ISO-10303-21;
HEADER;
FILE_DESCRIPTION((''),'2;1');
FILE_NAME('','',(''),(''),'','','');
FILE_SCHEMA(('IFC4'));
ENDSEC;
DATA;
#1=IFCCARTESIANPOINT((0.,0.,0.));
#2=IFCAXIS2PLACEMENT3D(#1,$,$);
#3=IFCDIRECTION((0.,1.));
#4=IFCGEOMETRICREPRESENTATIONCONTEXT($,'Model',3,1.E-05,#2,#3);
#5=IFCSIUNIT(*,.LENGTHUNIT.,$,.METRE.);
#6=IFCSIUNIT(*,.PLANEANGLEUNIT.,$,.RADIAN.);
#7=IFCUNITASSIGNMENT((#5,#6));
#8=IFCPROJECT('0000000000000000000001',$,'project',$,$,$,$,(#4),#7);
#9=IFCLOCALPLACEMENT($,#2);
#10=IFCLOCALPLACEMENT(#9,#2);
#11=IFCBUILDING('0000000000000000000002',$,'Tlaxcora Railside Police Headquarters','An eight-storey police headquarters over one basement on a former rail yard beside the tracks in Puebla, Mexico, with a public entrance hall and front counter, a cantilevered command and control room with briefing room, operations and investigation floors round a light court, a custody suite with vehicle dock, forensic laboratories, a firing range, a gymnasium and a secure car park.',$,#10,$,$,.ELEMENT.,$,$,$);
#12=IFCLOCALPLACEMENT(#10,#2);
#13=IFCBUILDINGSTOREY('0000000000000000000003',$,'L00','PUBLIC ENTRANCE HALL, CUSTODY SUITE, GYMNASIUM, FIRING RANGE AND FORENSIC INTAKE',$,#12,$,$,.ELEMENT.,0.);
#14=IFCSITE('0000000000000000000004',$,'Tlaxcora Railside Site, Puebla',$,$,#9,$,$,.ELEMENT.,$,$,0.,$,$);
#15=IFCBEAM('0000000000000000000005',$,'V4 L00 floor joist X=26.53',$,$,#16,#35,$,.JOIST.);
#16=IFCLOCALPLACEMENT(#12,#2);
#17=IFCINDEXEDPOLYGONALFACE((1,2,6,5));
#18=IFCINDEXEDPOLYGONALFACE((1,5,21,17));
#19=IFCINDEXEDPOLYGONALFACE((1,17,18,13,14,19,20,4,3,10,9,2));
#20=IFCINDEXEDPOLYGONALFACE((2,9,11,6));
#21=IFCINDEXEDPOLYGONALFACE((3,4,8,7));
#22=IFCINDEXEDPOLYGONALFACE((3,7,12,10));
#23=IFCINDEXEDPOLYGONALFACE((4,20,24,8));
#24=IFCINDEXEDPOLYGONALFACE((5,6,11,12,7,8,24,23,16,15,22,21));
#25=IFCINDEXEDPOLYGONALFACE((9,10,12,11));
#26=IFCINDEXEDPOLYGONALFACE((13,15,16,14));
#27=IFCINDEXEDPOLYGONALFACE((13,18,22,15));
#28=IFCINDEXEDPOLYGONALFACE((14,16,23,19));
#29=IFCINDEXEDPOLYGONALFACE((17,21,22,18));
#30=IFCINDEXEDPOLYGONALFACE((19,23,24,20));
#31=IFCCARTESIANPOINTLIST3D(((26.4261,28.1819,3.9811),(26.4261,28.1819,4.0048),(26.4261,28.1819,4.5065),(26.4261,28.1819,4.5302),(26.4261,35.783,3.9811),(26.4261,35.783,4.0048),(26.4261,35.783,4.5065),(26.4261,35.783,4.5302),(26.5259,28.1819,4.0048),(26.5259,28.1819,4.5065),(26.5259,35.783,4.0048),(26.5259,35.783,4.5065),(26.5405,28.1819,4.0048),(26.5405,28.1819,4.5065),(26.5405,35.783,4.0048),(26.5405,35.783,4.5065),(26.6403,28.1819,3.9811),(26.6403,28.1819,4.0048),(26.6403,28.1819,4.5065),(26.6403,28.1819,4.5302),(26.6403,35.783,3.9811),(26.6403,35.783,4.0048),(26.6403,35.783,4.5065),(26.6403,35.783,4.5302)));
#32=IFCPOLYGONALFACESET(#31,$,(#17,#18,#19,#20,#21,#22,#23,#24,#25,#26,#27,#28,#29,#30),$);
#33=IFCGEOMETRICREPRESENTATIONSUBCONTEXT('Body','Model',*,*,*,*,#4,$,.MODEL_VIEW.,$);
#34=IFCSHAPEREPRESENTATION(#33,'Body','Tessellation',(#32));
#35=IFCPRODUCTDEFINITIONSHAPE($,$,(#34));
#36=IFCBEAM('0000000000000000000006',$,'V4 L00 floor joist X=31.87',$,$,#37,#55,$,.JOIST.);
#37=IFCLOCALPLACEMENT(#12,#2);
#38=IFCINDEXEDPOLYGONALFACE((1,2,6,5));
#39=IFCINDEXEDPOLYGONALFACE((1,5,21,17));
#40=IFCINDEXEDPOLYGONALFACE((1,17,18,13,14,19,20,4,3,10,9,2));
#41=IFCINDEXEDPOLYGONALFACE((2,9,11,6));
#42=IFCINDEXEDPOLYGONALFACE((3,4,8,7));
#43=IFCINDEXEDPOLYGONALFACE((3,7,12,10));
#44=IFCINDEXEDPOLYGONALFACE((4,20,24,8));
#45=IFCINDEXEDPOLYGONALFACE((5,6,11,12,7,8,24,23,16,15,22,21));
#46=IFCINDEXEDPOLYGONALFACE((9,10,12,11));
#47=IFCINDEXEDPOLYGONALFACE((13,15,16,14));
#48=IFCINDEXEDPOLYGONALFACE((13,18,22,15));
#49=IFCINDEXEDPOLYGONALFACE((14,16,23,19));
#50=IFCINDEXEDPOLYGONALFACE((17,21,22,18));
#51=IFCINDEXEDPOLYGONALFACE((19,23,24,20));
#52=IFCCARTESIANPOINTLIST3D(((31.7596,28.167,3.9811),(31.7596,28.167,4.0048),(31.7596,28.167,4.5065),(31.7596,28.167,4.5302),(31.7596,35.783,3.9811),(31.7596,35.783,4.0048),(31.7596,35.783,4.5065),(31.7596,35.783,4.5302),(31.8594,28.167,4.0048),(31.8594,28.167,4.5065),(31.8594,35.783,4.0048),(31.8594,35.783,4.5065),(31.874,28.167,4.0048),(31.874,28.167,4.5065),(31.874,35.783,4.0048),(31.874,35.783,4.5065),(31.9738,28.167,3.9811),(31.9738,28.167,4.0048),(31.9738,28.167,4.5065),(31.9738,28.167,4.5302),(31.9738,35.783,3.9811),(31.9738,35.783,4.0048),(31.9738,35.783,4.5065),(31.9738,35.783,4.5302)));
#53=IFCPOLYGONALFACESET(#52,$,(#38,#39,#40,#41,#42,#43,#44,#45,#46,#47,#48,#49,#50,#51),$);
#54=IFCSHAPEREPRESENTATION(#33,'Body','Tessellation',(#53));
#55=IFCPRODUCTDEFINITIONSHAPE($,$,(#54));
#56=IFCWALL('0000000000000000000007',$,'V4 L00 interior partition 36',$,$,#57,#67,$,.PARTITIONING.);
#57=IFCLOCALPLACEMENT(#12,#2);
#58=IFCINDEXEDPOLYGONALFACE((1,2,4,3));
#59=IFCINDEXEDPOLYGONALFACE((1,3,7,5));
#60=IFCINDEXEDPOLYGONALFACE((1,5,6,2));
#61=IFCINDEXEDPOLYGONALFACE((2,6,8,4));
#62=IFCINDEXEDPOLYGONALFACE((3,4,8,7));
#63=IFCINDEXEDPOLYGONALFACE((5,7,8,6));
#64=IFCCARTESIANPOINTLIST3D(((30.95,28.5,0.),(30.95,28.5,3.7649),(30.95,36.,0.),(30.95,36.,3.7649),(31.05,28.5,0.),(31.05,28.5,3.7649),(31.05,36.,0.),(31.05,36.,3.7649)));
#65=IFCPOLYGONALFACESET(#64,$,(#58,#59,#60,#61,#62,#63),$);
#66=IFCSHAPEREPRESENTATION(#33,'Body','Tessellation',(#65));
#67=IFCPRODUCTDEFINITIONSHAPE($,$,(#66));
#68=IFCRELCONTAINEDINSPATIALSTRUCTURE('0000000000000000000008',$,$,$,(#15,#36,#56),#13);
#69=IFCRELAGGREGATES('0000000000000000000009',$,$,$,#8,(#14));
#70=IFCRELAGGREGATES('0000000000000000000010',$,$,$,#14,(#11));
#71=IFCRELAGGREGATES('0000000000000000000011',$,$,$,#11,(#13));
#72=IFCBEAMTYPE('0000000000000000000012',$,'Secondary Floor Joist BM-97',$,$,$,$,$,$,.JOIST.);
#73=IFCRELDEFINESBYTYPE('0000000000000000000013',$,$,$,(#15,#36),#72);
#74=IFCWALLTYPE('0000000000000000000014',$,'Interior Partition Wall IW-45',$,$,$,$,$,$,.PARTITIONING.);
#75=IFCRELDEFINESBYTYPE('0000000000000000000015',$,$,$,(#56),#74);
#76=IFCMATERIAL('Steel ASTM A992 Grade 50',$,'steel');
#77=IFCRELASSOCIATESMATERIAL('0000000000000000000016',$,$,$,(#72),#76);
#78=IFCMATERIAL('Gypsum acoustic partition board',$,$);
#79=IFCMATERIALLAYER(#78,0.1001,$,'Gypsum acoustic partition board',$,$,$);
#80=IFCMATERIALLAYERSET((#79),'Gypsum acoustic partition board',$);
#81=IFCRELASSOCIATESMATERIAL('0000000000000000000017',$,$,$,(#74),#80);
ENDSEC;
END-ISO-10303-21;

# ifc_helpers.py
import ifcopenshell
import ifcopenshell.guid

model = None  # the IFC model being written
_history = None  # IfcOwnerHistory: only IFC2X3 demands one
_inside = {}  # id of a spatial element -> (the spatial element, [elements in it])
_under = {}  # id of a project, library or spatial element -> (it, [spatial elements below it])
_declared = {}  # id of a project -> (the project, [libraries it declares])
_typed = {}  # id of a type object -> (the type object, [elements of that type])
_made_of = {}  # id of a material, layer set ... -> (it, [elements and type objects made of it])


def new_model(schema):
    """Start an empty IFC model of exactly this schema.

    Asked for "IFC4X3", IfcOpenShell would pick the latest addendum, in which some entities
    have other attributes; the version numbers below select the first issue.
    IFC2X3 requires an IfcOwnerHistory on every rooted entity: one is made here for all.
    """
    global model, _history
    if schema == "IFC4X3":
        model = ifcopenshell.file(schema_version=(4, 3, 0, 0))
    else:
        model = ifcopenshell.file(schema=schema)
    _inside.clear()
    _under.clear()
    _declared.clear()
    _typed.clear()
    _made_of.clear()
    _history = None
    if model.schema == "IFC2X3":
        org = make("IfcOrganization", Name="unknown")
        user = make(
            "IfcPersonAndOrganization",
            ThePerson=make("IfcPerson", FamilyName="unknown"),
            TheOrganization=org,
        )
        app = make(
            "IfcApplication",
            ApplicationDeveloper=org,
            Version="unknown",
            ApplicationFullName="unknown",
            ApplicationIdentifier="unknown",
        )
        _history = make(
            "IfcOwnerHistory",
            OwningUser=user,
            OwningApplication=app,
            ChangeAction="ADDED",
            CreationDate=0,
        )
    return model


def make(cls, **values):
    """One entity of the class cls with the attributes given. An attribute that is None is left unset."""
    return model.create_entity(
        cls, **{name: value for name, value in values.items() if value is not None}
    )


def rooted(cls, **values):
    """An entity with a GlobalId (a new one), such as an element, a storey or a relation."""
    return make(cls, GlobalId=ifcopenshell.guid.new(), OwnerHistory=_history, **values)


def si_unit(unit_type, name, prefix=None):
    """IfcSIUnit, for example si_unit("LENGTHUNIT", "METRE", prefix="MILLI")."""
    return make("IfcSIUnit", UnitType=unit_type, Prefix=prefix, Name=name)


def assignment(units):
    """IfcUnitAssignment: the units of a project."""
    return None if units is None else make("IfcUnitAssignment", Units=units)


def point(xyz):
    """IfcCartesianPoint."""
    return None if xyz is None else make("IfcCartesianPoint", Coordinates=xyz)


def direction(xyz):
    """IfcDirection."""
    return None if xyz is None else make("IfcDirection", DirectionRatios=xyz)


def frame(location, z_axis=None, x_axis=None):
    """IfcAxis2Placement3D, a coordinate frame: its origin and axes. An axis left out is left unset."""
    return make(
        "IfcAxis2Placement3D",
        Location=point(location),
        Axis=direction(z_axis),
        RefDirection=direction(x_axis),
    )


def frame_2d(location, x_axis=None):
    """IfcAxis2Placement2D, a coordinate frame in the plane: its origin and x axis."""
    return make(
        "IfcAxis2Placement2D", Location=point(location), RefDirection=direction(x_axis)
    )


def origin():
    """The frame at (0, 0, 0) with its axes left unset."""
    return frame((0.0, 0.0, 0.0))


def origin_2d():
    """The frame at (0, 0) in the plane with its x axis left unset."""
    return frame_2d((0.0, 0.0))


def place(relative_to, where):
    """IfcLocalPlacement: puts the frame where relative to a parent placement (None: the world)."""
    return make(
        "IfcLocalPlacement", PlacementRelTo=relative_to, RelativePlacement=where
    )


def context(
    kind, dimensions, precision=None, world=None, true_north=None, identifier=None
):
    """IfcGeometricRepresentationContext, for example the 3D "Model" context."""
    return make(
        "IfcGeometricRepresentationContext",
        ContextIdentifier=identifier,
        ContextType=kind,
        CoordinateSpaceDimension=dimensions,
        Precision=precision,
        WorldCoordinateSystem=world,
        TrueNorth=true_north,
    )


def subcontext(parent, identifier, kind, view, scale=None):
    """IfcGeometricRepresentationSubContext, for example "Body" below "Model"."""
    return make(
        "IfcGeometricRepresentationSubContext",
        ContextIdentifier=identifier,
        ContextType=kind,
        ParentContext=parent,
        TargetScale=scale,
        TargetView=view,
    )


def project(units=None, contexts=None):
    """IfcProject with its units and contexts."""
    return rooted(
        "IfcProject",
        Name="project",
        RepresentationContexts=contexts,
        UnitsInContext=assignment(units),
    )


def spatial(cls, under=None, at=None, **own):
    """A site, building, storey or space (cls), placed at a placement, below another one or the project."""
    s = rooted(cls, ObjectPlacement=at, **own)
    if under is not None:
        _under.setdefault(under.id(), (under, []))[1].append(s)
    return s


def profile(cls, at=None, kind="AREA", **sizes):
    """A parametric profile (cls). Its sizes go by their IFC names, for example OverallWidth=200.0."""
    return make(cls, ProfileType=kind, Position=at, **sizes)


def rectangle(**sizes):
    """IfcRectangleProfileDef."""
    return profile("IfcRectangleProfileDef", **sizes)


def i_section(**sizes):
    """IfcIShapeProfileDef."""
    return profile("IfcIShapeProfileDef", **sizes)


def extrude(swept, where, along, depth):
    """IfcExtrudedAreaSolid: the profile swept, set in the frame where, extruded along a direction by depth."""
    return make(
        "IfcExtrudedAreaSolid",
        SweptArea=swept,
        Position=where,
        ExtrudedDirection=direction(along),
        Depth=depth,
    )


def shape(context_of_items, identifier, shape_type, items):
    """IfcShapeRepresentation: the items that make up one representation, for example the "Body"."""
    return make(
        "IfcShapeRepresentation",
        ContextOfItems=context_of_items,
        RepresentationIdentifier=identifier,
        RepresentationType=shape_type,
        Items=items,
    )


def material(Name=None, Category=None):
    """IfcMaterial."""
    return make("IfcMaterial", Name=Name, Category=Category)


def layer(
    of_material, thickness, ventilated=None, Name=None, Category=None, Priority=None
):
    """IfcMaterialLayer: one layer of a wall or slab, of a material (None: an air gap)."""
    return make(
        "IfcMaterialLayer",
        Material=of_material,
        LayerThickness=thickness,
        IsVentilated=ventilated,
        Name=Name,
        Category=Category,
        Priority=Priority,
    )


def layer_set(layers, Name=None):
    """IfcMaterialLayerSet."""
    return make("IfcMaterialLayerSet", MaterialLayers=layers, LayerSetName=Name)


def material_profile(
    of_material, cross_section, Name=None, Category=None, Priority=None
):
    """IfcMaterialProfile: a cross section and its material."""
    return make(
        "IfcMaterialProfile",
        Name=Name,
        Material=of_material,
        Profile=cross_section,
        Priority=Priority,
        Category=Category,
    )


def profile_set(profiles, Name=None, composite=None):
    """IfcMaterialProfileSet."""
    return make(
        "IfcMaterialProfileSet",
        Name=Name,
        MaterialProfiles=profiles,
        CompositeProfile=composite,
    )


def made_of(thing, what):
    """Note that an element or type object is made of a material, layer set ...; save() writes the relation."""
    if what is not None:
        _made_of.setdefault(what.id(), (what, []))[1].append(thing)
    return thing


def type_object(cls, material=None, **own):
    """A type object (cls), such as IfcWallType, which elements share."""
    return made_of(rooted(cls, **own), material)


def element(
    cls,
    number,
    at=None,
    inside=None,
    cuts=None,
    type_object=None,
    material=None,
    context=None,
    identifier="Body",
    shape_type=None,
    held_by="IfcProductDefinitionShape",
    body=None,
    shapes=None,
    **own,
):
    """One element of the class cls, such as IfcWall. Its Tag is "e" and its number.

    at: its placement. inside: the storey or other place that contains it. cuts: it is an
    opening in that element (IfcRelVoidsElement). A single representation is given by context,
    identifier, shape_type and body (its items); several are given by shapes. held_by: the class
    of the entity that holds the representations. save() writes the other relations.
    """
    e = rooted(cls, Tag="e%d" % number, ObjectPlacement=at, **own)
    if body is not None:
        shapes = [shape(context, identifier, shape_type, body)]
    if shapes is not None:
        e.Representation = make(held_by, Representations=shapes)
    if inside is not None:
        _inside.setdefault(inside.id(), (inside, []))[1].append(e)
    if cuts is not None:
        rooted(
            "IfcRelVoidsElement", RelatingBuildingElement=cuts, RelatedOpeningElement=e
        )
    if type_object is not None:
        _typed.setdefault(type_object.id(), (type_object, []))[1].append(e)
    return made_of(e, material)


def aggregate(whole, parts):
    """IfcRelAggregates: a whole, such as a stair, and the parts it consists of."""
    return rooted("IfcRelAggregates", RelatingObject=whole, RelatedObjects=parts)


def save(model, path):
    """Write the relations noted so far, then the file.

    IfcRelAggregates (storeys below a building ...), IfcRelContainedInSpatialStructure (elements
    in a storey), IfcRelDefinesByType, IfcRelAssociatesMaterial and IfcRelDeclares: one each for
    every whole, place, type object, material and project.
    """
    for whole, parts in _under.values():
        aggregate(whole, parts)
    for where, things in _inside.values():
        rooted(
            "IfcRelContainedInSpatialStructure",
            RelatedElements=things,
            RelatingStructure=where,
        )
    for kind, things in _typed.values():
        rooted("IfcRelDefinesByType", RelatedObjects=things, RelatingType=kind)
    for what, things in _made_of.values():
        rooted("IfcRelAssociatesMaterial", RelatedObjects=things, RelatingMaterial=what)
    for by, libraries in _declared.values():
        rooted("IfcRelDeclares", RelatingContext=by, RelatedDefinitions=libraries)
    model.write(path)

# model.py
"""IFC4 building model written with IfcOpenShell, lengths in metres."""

from ifc_helpers import new_model, si_unit, direction, frame, frame_2d, origin, origin_2d, place, context, subcontext, project, spatial, rectangle, i_section, extrude, material, layer, layer_set, material_profile, profile_set, type_object, element, save


model = new_model("IFC4")

# Units and contexts
model_context = context("Model", 3, precision=1e-05, world=origin(), true_north=direction((0.0, 1.0)))
body_context = subcontext(model_context, "Body", "Model", "MODEL_VIEW")
ifc_project = project(units=[si_unit("LENGTHUNIT", "METRE"), si_unit("PLANEANGLEUNIT", "RADIAN")], contexts=[model_context])

# Site, building, storey
site_placement = place(None, origin())
site = spatial("IfcSite", under=ifc_project, at=site_placement, Name="Tlaxcora Railside Site, Puebla", CompositionType="ELEMENT", RefElevation=0.0)
building_placement = place(site_placement, origin())
building = spatial("IfcBuilding", under=site, at=building_placement, Name="Tlaxcora Railside Police Headquarters", Description="An eight-storey police headquarters over one basement on a former rail yard beside the tracks in Puebla, Mexico, with a public entrance hall and front counter, a cantilevered command and control room with briefing room, operations and investigation floors round a light court, a custody suite with vehicle dock, forensic laboratories, a firing range, a gymnasium and a secure car park.", CompositionType="ELEMENT")
storey_placement = place(building_placement, origin())
storey = spatial("IfcBuildingStorey", under=building, at=storey_placement, Name="L00", Description="PUBLIC ENTRANCE HALL, CUSTODY SUITE, GYMNASIUM, FIRING RANGE AND FORENSIC INTAKE", CompositionType="ELEMENT", Elevation=0.0)

# Beams
ifc_material_1 = material(Name="Steel ASTM A992 Grade 50", Category="steel")
ifc_material_profile_1 = material_profile(ifc_material_1, i_section(OverallWidth=0.2141, OverallDepth=0.5491, WebThickness=0.0146, FlangeThickness=0.0237, at=origin_2d()), Name="W21X93")
ifc_profile_set_1 = profile_set([ifc_material_profile_1], Name="Steel ASTM A992 Grade 50")
beam_type_1 = type_object("IfcBeamType", Name="Secondary Floor Joist BM-97", PredefinedType="JOIST", material=ifc_profile_set_1)
beam_1_placement = place(storey_placement, frame((26.5332, 28.1819, 4.2556), z_axis=(0.0, 1.0, 0.0), x_axis=(-1.0, 0.0, 0.0)))
element("IfcBeam", 1, at=beam_1_placement, inside=storey, type_object=beam_type_1, Name="V4 L00 floor joist X=26.53", PredefinedType="JOIST", context=body_context, shape_type="SweptSolid", body=[
    extrude(i_section(OverallWidth=0.2141, OverallDepth=0.5491, WebThickness=0.0146, FlangeThickness=0.0237, at=origin_2d()), origin(), (0.0, 0.0, 1.0), 7.6011),
])
beam_2_placement = place(storey_placement, frame((31.8667, 28.167, 4.2556), z_axis=(0.0, 1.0, 0.0), x_axis=(-1.0, 0.0, 0.0)))
element("IfcBeam", 2, at=beam_2_placement, inside=storey, type_object=beam_type_1, Name="V4 L00 floor joist X=31.87", PredefinedType="JOIST", context=body_context, shape_type="SweptSolid", body=[
    extrude(i_section(OverallWidth=0.2141, OverallDepth=0.5491, WebThickness=0.0146, FlangeThickness=0.0237, at=origin_2d()), origin(), (0.0, 0.0, 1.0), 7.616),
])

# Wall
ifc_material_2 = material(Name="Gypsum acoustic partition board")
ifc_layer_1 = layer(ifc_material_2, 0.1001, Name="Gypsum acoustic partition board")
ifc_layer_set_1 = layer_set([ifc_layer_1], Name="Gypsum acoustic partition board")
wall_type = type_object("IfcWallType", Name="Interior Partition Wall IW-45", PredefinedType="PARTITIONING", material=ifc_layer_set_1)
wall_placement = place(storey_placement, frame((31.0, 28.5, 0.0), z_axis=(0.0, 0.0, 1.0), x_axis=(0.0, 1.0, 0.0)))
element("IfcWall", 3, at=wall_placement, inside=storey, type_object=wall_type, Name="V4 L00 interior partition 36", PredefinedType="PARTITIONING", context=body_context, shape_type="SweptSolid", body=[
    extrude(rectangle(XDim=7.5, YDim=0.1001, at=frame_2d((3.75, 0.0))), origin(), (0.0, 0.0, 1.0), 3.7649),
])

save(model, "model.ifc")
